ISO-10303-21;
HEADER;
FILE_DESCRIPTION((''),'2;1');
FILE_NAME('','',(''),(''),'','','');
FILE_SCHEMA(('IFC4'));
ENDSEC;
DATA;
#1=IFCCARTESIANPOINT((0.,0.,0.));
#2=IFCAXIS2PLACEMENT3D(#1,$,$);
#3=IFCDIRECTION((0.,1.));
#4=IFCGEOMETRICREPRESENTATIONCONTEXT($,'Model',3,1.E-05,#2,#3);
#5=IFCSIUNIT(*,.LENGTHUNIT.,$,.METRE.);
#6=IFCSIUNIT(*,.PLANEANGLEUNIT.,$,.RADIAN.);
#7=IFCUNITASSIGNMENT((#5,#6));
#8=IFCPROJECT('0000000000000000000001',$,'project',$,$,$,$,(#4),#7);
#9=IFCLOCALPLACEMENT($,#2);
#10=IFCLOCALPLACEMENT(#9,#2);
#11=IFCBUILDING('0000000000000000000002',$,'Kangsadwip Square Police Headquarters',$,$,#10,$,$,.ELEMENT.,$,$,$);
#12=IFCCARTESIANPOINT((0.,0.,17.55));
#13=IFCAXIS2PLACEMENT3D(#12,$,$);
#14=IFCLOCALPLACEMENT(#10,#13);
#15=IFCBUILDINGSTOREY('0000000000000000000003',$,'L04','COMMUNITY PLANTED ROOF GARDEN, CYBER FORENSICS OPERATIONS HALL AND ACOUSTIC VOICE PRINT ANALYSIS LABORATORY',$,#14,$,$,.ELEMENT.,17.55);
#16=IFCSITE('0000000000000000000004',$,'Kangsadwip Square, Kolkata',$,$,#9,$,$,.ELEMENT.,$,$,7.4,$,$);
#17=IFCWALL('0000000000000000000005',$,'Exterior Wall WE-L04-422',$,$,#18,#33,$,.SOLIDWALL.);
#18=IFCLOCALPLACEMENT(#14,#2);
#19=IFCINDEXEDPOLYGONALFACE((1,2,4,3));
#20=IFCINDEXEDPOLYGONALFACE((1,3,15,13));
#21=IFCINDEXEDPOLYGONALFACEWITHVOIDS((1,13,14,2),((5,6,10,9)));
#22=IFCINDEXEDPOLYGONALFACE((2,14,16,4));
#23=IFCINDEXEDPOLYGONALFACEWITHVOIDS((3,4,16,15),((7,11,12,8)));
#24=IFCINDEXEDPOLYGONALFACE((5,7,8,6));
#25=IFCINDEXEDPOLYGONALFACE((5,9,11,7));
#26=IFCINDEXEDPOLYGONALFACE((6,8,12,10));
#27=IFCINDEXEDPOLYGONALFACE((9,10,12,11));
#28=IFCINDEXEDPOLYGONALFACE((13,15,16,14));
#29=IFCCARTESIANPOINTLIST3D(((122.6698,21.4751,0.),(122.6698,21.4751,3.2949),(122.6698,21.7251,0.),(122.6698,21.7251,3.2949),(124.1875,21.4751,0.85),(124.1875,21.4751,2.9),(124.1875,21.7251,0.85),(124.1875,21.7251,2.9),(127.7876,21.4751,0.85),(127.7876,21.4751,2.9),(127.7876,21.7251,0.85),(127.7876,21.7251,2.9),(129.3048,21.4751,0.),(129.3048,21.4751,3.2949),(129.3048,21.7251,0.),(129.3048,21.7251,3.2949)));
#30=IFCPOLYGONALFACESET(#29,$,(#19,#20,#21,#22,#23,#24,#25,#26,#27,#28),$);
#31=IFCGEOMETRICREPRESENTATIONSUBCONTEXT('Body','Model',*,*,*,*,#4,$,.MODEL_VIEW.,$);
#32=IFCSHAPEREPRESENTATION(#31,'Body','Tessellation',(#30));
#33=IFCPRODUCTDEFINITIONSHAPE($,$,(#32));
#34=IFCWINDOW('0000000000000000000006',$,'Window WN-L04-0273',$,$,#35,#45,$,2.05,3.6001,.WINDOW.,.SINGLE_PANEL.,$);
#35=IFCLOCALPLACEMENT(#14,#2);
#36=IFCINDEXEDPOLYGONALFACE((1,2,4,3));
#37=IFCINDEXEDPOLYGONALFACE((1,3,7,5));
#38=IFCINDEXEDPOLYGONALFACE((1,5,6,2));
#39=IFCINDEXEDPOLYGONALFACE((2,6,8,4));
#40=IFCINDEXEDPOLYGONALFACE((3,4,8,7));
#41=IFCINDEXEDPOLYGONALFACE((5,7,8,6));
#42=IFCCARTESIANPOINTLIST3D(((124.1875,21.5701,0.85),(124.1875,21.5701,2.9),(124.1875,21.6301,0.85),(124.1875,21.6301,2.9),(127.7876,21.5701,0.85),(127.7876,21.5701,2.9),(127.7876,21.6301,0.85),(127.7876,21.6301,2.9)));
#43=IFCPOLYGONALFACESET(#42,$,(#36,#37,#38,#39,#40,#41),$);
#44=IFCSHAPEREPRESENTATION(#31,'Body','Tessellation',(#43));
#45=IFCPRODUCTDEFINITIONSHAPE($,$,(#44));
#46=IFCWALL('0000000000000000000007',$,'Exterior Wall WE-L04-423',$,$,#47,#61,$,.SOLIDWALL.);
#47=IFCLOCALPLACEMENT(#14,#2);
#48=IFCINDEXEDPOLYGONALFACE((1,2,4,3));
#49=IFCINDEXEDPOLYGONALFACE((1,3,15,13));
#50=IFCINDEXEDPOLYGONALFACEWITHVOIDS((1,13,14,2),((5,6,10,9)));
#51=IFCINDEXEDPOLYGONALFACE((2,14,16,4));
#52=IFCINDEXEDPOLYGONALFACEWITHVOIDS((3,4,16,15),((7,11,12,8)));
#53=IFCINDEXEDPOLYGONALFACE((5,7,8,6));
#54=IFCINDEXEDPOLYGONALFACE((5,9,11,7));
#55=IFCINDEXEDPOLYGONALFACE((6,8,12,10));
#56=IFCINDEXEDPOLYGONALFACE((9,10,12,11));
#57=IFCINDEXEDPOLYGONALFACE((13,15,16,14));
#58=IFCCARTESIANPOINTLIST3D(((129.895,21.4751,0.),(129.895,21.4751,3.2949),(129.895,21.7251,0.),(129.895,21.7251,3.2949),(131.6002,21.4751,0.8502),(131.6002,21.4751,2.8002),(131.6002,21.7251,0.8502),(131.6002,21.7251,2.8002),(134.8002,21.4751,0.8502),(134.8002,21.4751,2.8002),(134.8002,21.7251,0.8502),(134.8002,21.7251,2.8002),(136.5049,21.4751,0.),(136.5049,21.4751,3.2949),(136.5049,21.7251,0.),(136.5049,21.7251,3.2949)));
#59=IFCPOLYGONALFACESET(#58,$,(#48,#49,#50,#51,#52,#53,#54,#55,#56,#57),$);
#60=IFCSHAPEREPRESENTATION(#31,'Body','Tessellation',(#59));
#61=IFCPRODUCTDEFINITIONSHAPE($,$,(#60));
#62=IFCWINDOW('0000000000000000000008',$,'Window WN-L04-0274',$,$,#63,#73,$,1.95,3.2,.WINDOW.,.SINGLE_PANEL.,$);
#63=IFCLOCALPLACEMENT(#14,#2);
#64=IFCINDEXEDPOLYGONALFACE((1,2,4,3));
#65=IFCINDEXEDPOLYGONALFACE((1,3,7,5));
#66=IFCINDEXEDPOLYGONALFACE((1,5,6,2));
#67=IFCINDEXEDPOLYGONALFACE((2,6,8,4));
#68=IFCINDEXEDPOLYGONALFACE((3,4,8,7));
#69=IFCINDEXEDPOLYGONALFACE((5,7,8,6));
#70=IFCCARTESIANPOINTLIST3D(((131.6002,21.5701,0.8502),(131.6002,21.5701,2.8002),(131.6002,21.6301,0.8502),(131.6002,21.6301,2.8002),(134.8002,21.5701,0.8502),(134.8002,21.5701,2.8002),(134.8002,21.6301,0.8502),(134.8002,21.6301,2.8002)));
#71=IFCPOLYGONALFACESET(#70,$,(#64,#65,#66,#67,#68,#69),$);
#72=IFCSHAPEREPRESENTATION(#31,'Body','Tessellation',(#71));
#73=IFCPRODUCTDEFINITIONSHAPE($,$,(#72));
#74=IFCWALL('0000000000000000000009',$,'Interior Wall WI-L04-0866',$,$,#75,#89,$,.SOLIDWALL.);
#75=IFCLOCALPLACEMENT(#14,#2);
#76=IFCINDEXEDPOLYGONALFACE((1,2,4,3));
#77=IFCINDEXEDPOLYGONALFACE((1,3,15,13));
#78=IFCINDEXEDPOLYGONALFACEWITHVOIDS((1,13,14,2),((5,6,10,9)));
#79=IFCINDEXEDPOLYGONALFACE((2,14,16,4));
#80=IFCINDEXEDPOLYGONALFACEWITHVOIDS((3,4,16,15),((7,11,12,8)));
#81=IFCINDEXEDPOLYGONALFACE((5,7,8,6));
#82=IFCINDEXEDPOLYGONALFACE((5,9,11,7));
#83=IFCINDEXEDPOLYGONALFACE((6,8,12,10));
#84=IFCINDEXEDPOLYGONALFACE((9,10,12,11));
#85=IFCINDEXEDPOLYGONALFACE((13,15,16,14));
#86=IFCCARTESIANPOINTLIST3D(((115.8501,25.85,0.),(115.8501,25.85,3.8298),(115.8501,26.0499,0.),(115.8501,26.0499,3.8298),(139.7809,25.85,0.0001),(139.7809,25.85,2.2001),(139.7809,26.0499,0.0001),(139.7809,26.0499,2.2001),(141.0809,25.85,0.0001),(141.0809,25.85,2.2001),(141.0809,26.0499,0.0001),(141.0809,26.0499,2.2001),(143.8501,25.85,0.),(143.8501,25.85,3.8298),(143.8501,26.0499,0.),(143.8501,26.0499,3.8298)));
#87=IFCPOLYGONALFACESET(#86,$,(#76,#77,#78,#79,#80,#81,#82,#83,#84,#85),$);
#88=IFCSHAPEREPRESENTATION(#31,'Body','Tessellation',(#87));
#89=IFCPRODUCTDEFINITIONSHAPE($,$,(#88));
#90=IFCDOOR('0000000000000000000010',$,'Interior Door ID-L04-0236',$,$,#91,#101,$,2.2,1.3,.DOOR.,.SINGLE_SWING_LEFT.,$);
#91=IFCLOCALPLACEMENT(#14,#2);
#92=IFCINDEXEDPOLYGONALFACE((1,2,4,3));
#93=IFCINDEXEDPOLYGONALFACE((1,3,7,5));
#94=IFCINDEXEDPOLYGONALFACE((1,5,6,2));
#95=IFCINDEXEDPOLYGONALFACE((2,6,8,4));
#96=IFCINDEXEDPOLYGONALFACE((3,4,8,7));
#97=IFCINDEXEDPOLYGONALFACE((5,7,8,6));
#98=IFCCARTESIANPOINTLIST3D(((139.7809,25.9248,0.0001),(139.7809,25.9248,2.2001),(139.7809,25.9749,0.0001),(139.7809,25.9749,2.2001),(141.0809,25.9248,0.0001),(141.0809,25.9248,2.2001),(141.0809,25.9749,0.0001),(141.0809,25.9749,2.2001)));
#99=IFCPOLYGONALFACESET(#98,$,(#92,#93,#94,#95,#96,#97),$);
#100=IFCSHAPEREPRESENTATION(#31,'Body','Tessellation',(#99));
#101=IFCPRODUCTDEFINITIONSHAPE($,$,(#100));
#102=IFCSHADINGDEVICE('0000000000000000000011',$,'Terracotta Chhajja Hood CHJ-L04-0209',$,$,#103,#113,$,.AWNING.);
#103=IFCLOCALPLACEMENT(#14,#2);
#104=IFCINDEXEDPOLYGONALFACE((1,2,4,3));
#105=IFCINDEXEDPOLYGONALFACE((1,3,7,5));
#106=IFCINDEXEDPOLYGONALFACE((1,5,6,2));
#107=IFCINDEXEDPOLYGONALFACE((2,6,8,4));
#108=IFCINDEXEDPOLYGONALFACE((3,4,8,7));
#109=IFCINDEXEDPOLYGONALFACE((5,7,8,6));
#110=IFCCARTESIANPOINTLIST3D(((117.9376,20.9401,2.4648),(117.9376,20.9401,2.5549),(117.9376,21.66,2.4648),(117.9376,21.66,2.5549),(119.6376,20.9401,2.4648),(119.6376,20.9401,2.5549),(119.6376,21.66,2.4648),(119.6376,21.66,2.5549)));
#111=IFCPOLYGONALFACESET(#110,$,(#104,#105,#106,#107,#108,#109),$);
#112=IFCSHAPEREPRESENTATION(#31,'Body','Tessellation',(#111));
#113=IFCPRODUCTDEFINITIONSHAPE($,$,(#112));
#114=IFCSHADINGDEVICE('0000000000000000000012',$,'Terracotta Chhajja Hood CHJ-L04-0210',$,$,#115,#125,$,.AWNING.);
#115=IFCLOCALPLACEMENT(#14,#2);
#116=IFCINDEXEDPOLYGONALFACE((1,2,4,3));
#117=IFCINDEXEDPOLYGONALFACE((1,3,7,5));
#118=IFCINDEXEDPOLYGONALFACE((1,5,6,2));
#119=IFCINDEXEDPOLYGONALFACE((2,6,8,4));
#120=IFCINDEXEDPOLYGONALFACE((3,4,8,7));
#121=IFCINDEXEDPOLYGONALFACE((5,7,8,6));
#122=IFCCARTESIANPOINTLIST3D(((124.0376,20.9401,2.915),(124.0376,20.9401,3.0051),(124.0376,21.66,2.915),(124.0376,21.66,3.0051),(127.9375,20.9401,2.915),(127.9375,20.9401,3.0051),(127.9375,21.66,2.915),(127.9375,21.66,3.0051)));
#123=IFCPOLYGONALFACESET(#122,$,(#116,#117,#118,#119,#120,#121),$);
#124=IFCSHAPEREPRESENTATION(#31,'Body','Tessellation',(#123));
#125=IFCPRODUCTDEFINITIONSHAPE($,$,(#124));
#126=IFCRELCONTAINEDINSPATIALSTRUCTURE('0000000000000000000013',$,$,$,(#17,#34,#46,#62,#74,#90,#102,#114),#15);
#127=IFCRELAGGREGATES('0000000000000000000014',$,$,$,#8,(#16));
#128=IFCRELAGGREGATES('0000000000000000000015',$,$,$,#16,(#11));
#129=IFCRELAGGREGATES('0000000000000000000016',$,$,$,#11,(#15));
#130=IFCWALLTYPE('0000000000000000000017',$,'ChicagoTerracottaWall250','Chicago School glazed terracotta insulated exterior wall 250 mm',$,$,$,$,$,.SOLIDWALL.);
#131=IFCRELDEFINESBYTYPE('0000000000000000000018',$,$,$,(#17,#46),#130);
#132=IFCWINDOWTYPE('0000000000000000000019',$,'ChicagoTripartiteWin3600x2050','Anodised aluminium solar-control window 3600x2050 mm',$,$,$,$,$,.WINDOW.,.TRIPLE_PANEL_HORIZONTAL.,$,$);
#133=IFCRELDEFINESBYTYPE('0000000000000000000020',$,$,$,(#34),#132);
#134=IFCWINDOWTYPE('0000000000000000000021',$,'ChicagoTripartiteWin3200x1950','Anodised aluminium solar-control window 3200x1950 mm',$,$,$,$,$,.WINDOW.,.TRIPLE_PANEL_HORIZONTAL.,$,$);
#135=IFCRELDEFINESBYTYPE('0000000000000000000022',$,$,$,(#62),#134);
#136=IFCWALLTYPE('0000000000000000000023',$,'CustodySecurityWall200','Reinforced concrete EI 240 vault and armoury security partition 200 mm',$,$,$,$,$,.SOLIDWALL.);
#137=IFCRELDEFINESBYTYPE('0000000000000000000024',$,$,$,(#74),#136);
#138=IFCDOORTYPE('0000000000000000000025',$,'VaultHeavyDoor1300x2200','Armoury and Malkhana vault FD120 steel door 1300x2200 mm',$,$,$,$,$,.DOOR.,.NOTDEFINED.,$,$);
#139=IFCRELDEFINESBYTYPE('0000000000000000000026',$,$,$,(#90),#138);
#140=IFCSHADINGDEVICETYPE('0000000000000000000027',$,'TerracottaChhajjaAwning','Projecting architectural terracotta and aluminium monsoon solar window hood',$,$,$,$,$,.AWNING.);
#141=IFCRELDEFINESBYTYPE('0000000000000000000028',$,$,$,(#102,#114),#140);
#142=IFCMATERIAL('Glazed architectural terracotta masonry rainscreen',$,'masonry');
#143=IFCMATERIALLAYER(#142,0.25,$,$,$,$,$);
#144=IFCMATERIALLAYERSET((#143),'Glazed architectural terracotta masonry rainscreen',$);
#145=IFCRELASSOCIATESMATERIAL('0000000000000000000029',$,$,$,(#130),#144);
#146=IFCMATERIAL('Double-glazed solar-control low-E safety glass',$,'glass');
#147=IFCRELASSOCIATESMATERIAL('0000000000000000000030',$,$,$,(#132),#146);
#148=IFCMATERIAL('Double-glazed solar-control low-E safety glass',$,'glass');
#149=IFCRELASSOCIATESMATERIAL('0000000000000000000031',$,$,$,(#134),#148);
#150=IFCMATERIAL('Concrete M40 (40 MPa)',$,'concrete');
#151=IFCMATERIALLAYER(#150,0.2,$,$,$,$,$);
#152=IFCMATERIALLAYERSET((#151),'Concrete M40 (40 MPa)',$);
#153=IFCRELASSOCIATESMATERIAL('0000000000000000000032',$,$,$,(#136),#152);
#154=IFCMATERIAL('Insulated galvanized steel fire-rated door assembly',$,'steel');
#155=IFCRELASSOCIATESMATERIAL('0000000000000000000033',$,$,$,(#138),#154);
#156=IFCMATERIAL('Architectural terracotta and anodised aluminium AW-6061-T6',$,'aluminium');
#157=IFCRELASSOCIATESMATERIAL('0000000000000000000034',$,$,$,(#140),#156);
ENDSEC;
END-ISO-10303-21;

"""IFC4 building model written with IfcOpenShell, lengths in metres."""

from ifc_helpers import new_model, si_unit, direction, frame, frame_2d, origin, origin_2d, place, context, subcontext, project, spatial, rectangle, extrude, material, layer, layer_set, type_object, element, fill, save


model = new_model("IFC4")

# Units and contexts
model_context = context("Model", 3, precision=1e-05, world=origin(), true_north=direction((0.0, 1.0)))
body_context = subcontext(model_context, "Body", "Model", "MODEL_VIEW")
ifc_project = project(units=[si_unit("LENGTHUNIT", "METRE"), si_unit("PLANEANGLEUNIT", "RADIAN")], contexts=[model_context])

# Site, building, storey
site_placement = place(None, origin())
site = spatial("IfcSite", under=ifc_project, at=site_placement, Name="Kangsadwip Square, Kolkata", CompositionType="ELEMENT", RefElevation=7.4)
building_placement = place(site_placement, origin())
building = spatial("IfcBuilding", under=site, at=building_placement, Name="Kangsadwip Square Police Headquarters", CompositionType="ELEMENT")
storey_placement = place(building_placement, frame((0.0, 0.0, 17.55)))
storey = spatial("IfcBuildingStorey", under=building, at=storey_placement, Name="L04", Description="COMMUNITY PLANTED ROOF GARDEN, CYBER FORENSICS OPERATIONS HALL AND ACOUSTIC VOICE PRINT ANALYSIS LABORATORY", CompositionType="ELEMENT", Elevation=17.55)

# Walls, openings, windows
ifc_material_1 = material(Name="Glazed architectural terracotta masonry rainscreen", Category="masonry")
ifc_layer_1 = layer(ifc_material_1, 0.25)
ifc_layer_set_1 = layer_set([ifc_layer_1], Name="Glazed architectural terracotta masonry rainscreen")
wall_type_1 = type_object("IfcWallType", Name="ChicagoTerracottaWall250", Description="Chicago School glazed terracotta insulated exterior wall 250 mm", PredefinedType="SOLIDWALL", material=ifc_layer_set_1)
wall_1_placement = place(storey_placement, frame((122.6699, 21.6001, 0.0), z_axis=(0.0, 0.0, 1.0), x_axis=(1.0, 0.0, 0.0)))
wall_1 = element("IfcWall", 1, at=wall_1_placement, inside=storey, type_object=wall_type_1, Name="Exterior Wall WE-L04-422", PredefinedType="SOLIDWALL", context=body_context, shape_type="SweptSolid", body=[
    extrude(rectangle(XDim=6.635, YDim=0.25, at=frame_2d((3.3174, 0.0))), origin(), (0.0, 0.0, 1.0), 3.2949),
])
opening_1_placement = place(wall_1_placement, frame((1.5176, 0.0, 0.8501)))
opening_1 = element("IfcOpeningElement", 2, at=opening_1_placement, cuts=wall_1, PredefinedType="OPENING", context=body_context, shape_type="SweptSolid", body=[
    extrude(rectangle(XDim=3.6001, YDim=2.05, at=frame_2d((1.8, 1.0249))), frame((0.0, 0.135, 0.0), z_axis=(0.0, -1.0, 0.0), x_axis=(1.0, 0.0, 0.0)), (0.0, 0.0, 1.0), 0.27),
])
ifc_material_2 = material(Name="Double-glazed solar-control low-E safety glass", Category="glass")
window_type_1 = type_object("IfcWindowType", Name="ChicagoTripartiteWin3600x2050", Description="Anodised aluminium solar-control window 3600x2050 mm", PartitioningType="TRIPLE_PANEL_HORIZONTAL", PredefinedType="WINDOW", material=ifc_material_2)
window_1_placement = place(opening_1_placement, origin())
window_1 = element("IfcWindow", 3, at=window_1_placement, inside=storey, type_object=window_type_1, Name="Window WN-L04-0273", OverallHeight=2.05, OverallWidth=3.6001, PartitioningType="SINGLE_PANEL", PredefinedType="WINDOW", context=body_context, shape_type="SweptSolid", body=[
    extrude(rectangle(XDim=3.6001, YDim=2.05, at=frame_2d((1.8, 1.0249))), frame((0.0, 0.03, 0.0), z_axis=(0.0, -1.0, 0.0), x_axis=(1.0, 0.0, 0.0)), (0.0, 0.0, 1.0), 0.0601),
])
fill(opening_1, window_1)
wall_2_placement = place(storey_placement, frame((129.895, 21.6001, 0.0), z_axis=(0.0, 0.0, 1.0), x_axis=(1.0, 0.0, 0.0)))
wall_2 = element("IfcWall", 4, at=wall_2_placement, inside=storey, type_object=wall_type_1, Name="Exterior Wall WE-L04-423", PredefinedType="SOLIDWALL", context=body_context, shape_type="SweptSolid", body=[
    extrude(rectangle(XDim=6.6099, YDim=0.25, at=frame_2d((3.3049, 0.0))), origin(), (0.0, 0.0, 1.0), 3.2949),
])
opening_2_placement = place(wall_2_placement, frame((1.7051, 0.0, 0.8501)))
opening_2 = element("IfcOpeningElement", 5, at=opening_2_placement, cuts=wall_2, PredefinedType="OPENING", context=body_context, shape_type="SweptSolid", body=[
    extrude(rectangle(XDim=3.2, YDim=1.95, at=frame_2d((1.6001, 0.9751))), frame((0.0, 0.135, 0.0), z_axis=(0.0, -1.0, 0.0), x_axis=(1.0, 0.0, 0.0)), (0.0, 0.0, 1.0), 0.27),
])
ifc_material_3 = material(Name="Double-glazed solar-control low-E safety glass", Category="glass")
window_type_2 = type_object("IfcWindowType", Name="ChicagoTripartiteWin3200x1950", Description="Anodised aluminium solar-control window 3200x1950 mm", PartitioningType="TRIPLE_PANEL_HORIZONTAL", PredefinedType="WINDOW", material=ifc_material_3)
window_2_placement = place(opening_2_placement, origin())
window_2 = element("IfcWindow", 6, at=window_2_placement, inside=storey, type_object=window_type_2, Name="Window WN-L04-0274", OverallHeight=1.95, OverallWidth=3.2, PartitioningType="SINGLE_PANEL", PredefinedType="WINDOW", context=body_context, shape_type="SweptSolid", body=[
    extrude(rectangle(XDim=3.2, YDim=1.95, at=frame_2d((1.6001, 0.9751))), frame((0.0, 0.03, 0.0), z_axis=(0.0, -1.0, 0.0), x_axis=(1.0, 0.0, 0.0)), (0.0, 0.0, 1.0), 0.0601),
])
fill(opening_2, window_2)

# Wall, opening, door
ifc_material_4 = material(Name="Concrete M40 (40 MPa)", Category="concrete")
ifc_layer_2 = layer(ifc_material_4, 0.2)
ifc_layer_set_2 = layer_set([ifc_layer_2], Name="Concrete M40 (40 MPa)")
wall_type_2 = type_object("IfcWallType", Name="CustodySecurityWall200", Description="Reinforced concrete EI 240 vault and armoury security partition 200 mm", PredefinedType="SOLIDWALL", material=ifc_layer_set_2)
wall_3_placement = place(storey_placement, frame((115.8501, 25.95, 0.0), z_axis=(0.0, 0.0, 1.0), x_axis=(1.0, 0.0, 0.0)))
wall_3 = element("IfcWall", 7, at=wall_3_placement, inside=storey, type_object=wall_type_2, Name="Interior Wall WI-L04-0866", PredefinedType="SOLIDWALL", context=body_context, shape_type="SweptSolid", body=[
    extrude(rectangle(XDim=28.0, YDim=0.2, at=frame_2d((14.0, 0.0))), origin(), (0.0, 0.0, 1.0), 3.8298),
])
opening_3_placement = place(wall_3_placement, frame((23.9309, 0.0, 0.0)))
opening_3 = element("IfcOpeningElement", 8, at=opening_3_placement, cuts=wall_3, PredefinedType="OPENING", context=body_context, shape_type="SweptSolid", body=[
    extrude(rectangle(XDim=1.3, YDim=2.2, at=frame_2d((0.6499, 1.1001))), frame((0.0, 0.1099, 0.0), z_axis=(0.0, -1.0, 0.0), x_axis=(1.0, 0.0, 0.0)), (0.0, 0.0, 1.0), 0.22),
])
ifc_material_5 = material(Name="Insulated galvanized steel fire-rated door assembly", Category="steel")
door_type = type_object("IfcDoorType", Name="VaultHeavyDoor1300x2200", Description="Armoury and Malkhana vault FD120 steel door 1300x2200 mm", OperationType="NOTDEFINED", PredefinedType="DOOR", material=ifc_material_5)
door_placement = place(opening_3_placement, origin())
door = element("IfcDoor", 9, at=door_placement, inside=storey, type_object=door_type, Name="Interior Door ID-L04-0236", OperationType="SINGLE_SWING_LEFT", OverallHeight=2.2, OverallWidth=1.3, PredefinedType="DOOR", context=body_context, shape_type="SweptSolid", body=[
    extrude(rectangle(XDim=1.3, YDim=2.2, at=frame_2d((0.6499, 1.1001))), frame((0.0, 0.0249, 0.0), z_axis=(0.0, -1.0, 0.0), x_axis=(1.0, 0.0, 0.0)), (0.0, 0.0, 1.0), 0.05),
])
fill(opening_3, door)

# Shading devices
ifc_material_6 = material(Name="Architectural terracotta and anodised aluminium AW-6061-T6", Category="aluminium")
shading_device_type = type_object("IfcShadingDeviceType", Name="TerracottaChhajjaAwning", Description="Projecting architectural terracotta and aluminium monsoon solar window hood", PredefinedType="AWNING", material=ifc_material_6)
shading_device_1_placement = place(storey_placement, frame((118.7876, 21.3, 2.4648), z_axis=(0.0, 0.0, 1.0), x_axis=(1.0, 0.0, 0.0)))
element("IfcShadingDevice", 10, at=shading_device_1_placement, inside=storey, type_object=shading_device_type, Name="Terracotta Chhajja Hood CHJ-L04-0209", PredefinedType="AWNING", context=body_context, shape_type="SweptSolid", body=[
    extrude(rectangle(XDim=1.7, YDim=0.72, at=origin_2d()), origin(), (0.0, 0.0, 1.0), 0.0901),
])
shading_device_2_placement = place(storey_placement, frame((125.9875, 21.3, 2.915), z_axis=(0.0, 0.0, 1.0), x_axis=(1.0, 0.0, 0.0)))
element("IfcShadingDevice", 11, at=shading_device_2_placement, inside=storey, type_object=shading_device_type, Name="Terracotta Chhajja Hood CHJ-L04-0210", PredefinedType="AWNING", context=body_context, shape_type="SweptSolid", body=[
    extrude(rectangle(XDim=3.8999, YDim=0.72, at=origin_2d()), origin(), (0.0, 0.0, 1.0), 0.0901),
])

save(model, "model.ifc")
